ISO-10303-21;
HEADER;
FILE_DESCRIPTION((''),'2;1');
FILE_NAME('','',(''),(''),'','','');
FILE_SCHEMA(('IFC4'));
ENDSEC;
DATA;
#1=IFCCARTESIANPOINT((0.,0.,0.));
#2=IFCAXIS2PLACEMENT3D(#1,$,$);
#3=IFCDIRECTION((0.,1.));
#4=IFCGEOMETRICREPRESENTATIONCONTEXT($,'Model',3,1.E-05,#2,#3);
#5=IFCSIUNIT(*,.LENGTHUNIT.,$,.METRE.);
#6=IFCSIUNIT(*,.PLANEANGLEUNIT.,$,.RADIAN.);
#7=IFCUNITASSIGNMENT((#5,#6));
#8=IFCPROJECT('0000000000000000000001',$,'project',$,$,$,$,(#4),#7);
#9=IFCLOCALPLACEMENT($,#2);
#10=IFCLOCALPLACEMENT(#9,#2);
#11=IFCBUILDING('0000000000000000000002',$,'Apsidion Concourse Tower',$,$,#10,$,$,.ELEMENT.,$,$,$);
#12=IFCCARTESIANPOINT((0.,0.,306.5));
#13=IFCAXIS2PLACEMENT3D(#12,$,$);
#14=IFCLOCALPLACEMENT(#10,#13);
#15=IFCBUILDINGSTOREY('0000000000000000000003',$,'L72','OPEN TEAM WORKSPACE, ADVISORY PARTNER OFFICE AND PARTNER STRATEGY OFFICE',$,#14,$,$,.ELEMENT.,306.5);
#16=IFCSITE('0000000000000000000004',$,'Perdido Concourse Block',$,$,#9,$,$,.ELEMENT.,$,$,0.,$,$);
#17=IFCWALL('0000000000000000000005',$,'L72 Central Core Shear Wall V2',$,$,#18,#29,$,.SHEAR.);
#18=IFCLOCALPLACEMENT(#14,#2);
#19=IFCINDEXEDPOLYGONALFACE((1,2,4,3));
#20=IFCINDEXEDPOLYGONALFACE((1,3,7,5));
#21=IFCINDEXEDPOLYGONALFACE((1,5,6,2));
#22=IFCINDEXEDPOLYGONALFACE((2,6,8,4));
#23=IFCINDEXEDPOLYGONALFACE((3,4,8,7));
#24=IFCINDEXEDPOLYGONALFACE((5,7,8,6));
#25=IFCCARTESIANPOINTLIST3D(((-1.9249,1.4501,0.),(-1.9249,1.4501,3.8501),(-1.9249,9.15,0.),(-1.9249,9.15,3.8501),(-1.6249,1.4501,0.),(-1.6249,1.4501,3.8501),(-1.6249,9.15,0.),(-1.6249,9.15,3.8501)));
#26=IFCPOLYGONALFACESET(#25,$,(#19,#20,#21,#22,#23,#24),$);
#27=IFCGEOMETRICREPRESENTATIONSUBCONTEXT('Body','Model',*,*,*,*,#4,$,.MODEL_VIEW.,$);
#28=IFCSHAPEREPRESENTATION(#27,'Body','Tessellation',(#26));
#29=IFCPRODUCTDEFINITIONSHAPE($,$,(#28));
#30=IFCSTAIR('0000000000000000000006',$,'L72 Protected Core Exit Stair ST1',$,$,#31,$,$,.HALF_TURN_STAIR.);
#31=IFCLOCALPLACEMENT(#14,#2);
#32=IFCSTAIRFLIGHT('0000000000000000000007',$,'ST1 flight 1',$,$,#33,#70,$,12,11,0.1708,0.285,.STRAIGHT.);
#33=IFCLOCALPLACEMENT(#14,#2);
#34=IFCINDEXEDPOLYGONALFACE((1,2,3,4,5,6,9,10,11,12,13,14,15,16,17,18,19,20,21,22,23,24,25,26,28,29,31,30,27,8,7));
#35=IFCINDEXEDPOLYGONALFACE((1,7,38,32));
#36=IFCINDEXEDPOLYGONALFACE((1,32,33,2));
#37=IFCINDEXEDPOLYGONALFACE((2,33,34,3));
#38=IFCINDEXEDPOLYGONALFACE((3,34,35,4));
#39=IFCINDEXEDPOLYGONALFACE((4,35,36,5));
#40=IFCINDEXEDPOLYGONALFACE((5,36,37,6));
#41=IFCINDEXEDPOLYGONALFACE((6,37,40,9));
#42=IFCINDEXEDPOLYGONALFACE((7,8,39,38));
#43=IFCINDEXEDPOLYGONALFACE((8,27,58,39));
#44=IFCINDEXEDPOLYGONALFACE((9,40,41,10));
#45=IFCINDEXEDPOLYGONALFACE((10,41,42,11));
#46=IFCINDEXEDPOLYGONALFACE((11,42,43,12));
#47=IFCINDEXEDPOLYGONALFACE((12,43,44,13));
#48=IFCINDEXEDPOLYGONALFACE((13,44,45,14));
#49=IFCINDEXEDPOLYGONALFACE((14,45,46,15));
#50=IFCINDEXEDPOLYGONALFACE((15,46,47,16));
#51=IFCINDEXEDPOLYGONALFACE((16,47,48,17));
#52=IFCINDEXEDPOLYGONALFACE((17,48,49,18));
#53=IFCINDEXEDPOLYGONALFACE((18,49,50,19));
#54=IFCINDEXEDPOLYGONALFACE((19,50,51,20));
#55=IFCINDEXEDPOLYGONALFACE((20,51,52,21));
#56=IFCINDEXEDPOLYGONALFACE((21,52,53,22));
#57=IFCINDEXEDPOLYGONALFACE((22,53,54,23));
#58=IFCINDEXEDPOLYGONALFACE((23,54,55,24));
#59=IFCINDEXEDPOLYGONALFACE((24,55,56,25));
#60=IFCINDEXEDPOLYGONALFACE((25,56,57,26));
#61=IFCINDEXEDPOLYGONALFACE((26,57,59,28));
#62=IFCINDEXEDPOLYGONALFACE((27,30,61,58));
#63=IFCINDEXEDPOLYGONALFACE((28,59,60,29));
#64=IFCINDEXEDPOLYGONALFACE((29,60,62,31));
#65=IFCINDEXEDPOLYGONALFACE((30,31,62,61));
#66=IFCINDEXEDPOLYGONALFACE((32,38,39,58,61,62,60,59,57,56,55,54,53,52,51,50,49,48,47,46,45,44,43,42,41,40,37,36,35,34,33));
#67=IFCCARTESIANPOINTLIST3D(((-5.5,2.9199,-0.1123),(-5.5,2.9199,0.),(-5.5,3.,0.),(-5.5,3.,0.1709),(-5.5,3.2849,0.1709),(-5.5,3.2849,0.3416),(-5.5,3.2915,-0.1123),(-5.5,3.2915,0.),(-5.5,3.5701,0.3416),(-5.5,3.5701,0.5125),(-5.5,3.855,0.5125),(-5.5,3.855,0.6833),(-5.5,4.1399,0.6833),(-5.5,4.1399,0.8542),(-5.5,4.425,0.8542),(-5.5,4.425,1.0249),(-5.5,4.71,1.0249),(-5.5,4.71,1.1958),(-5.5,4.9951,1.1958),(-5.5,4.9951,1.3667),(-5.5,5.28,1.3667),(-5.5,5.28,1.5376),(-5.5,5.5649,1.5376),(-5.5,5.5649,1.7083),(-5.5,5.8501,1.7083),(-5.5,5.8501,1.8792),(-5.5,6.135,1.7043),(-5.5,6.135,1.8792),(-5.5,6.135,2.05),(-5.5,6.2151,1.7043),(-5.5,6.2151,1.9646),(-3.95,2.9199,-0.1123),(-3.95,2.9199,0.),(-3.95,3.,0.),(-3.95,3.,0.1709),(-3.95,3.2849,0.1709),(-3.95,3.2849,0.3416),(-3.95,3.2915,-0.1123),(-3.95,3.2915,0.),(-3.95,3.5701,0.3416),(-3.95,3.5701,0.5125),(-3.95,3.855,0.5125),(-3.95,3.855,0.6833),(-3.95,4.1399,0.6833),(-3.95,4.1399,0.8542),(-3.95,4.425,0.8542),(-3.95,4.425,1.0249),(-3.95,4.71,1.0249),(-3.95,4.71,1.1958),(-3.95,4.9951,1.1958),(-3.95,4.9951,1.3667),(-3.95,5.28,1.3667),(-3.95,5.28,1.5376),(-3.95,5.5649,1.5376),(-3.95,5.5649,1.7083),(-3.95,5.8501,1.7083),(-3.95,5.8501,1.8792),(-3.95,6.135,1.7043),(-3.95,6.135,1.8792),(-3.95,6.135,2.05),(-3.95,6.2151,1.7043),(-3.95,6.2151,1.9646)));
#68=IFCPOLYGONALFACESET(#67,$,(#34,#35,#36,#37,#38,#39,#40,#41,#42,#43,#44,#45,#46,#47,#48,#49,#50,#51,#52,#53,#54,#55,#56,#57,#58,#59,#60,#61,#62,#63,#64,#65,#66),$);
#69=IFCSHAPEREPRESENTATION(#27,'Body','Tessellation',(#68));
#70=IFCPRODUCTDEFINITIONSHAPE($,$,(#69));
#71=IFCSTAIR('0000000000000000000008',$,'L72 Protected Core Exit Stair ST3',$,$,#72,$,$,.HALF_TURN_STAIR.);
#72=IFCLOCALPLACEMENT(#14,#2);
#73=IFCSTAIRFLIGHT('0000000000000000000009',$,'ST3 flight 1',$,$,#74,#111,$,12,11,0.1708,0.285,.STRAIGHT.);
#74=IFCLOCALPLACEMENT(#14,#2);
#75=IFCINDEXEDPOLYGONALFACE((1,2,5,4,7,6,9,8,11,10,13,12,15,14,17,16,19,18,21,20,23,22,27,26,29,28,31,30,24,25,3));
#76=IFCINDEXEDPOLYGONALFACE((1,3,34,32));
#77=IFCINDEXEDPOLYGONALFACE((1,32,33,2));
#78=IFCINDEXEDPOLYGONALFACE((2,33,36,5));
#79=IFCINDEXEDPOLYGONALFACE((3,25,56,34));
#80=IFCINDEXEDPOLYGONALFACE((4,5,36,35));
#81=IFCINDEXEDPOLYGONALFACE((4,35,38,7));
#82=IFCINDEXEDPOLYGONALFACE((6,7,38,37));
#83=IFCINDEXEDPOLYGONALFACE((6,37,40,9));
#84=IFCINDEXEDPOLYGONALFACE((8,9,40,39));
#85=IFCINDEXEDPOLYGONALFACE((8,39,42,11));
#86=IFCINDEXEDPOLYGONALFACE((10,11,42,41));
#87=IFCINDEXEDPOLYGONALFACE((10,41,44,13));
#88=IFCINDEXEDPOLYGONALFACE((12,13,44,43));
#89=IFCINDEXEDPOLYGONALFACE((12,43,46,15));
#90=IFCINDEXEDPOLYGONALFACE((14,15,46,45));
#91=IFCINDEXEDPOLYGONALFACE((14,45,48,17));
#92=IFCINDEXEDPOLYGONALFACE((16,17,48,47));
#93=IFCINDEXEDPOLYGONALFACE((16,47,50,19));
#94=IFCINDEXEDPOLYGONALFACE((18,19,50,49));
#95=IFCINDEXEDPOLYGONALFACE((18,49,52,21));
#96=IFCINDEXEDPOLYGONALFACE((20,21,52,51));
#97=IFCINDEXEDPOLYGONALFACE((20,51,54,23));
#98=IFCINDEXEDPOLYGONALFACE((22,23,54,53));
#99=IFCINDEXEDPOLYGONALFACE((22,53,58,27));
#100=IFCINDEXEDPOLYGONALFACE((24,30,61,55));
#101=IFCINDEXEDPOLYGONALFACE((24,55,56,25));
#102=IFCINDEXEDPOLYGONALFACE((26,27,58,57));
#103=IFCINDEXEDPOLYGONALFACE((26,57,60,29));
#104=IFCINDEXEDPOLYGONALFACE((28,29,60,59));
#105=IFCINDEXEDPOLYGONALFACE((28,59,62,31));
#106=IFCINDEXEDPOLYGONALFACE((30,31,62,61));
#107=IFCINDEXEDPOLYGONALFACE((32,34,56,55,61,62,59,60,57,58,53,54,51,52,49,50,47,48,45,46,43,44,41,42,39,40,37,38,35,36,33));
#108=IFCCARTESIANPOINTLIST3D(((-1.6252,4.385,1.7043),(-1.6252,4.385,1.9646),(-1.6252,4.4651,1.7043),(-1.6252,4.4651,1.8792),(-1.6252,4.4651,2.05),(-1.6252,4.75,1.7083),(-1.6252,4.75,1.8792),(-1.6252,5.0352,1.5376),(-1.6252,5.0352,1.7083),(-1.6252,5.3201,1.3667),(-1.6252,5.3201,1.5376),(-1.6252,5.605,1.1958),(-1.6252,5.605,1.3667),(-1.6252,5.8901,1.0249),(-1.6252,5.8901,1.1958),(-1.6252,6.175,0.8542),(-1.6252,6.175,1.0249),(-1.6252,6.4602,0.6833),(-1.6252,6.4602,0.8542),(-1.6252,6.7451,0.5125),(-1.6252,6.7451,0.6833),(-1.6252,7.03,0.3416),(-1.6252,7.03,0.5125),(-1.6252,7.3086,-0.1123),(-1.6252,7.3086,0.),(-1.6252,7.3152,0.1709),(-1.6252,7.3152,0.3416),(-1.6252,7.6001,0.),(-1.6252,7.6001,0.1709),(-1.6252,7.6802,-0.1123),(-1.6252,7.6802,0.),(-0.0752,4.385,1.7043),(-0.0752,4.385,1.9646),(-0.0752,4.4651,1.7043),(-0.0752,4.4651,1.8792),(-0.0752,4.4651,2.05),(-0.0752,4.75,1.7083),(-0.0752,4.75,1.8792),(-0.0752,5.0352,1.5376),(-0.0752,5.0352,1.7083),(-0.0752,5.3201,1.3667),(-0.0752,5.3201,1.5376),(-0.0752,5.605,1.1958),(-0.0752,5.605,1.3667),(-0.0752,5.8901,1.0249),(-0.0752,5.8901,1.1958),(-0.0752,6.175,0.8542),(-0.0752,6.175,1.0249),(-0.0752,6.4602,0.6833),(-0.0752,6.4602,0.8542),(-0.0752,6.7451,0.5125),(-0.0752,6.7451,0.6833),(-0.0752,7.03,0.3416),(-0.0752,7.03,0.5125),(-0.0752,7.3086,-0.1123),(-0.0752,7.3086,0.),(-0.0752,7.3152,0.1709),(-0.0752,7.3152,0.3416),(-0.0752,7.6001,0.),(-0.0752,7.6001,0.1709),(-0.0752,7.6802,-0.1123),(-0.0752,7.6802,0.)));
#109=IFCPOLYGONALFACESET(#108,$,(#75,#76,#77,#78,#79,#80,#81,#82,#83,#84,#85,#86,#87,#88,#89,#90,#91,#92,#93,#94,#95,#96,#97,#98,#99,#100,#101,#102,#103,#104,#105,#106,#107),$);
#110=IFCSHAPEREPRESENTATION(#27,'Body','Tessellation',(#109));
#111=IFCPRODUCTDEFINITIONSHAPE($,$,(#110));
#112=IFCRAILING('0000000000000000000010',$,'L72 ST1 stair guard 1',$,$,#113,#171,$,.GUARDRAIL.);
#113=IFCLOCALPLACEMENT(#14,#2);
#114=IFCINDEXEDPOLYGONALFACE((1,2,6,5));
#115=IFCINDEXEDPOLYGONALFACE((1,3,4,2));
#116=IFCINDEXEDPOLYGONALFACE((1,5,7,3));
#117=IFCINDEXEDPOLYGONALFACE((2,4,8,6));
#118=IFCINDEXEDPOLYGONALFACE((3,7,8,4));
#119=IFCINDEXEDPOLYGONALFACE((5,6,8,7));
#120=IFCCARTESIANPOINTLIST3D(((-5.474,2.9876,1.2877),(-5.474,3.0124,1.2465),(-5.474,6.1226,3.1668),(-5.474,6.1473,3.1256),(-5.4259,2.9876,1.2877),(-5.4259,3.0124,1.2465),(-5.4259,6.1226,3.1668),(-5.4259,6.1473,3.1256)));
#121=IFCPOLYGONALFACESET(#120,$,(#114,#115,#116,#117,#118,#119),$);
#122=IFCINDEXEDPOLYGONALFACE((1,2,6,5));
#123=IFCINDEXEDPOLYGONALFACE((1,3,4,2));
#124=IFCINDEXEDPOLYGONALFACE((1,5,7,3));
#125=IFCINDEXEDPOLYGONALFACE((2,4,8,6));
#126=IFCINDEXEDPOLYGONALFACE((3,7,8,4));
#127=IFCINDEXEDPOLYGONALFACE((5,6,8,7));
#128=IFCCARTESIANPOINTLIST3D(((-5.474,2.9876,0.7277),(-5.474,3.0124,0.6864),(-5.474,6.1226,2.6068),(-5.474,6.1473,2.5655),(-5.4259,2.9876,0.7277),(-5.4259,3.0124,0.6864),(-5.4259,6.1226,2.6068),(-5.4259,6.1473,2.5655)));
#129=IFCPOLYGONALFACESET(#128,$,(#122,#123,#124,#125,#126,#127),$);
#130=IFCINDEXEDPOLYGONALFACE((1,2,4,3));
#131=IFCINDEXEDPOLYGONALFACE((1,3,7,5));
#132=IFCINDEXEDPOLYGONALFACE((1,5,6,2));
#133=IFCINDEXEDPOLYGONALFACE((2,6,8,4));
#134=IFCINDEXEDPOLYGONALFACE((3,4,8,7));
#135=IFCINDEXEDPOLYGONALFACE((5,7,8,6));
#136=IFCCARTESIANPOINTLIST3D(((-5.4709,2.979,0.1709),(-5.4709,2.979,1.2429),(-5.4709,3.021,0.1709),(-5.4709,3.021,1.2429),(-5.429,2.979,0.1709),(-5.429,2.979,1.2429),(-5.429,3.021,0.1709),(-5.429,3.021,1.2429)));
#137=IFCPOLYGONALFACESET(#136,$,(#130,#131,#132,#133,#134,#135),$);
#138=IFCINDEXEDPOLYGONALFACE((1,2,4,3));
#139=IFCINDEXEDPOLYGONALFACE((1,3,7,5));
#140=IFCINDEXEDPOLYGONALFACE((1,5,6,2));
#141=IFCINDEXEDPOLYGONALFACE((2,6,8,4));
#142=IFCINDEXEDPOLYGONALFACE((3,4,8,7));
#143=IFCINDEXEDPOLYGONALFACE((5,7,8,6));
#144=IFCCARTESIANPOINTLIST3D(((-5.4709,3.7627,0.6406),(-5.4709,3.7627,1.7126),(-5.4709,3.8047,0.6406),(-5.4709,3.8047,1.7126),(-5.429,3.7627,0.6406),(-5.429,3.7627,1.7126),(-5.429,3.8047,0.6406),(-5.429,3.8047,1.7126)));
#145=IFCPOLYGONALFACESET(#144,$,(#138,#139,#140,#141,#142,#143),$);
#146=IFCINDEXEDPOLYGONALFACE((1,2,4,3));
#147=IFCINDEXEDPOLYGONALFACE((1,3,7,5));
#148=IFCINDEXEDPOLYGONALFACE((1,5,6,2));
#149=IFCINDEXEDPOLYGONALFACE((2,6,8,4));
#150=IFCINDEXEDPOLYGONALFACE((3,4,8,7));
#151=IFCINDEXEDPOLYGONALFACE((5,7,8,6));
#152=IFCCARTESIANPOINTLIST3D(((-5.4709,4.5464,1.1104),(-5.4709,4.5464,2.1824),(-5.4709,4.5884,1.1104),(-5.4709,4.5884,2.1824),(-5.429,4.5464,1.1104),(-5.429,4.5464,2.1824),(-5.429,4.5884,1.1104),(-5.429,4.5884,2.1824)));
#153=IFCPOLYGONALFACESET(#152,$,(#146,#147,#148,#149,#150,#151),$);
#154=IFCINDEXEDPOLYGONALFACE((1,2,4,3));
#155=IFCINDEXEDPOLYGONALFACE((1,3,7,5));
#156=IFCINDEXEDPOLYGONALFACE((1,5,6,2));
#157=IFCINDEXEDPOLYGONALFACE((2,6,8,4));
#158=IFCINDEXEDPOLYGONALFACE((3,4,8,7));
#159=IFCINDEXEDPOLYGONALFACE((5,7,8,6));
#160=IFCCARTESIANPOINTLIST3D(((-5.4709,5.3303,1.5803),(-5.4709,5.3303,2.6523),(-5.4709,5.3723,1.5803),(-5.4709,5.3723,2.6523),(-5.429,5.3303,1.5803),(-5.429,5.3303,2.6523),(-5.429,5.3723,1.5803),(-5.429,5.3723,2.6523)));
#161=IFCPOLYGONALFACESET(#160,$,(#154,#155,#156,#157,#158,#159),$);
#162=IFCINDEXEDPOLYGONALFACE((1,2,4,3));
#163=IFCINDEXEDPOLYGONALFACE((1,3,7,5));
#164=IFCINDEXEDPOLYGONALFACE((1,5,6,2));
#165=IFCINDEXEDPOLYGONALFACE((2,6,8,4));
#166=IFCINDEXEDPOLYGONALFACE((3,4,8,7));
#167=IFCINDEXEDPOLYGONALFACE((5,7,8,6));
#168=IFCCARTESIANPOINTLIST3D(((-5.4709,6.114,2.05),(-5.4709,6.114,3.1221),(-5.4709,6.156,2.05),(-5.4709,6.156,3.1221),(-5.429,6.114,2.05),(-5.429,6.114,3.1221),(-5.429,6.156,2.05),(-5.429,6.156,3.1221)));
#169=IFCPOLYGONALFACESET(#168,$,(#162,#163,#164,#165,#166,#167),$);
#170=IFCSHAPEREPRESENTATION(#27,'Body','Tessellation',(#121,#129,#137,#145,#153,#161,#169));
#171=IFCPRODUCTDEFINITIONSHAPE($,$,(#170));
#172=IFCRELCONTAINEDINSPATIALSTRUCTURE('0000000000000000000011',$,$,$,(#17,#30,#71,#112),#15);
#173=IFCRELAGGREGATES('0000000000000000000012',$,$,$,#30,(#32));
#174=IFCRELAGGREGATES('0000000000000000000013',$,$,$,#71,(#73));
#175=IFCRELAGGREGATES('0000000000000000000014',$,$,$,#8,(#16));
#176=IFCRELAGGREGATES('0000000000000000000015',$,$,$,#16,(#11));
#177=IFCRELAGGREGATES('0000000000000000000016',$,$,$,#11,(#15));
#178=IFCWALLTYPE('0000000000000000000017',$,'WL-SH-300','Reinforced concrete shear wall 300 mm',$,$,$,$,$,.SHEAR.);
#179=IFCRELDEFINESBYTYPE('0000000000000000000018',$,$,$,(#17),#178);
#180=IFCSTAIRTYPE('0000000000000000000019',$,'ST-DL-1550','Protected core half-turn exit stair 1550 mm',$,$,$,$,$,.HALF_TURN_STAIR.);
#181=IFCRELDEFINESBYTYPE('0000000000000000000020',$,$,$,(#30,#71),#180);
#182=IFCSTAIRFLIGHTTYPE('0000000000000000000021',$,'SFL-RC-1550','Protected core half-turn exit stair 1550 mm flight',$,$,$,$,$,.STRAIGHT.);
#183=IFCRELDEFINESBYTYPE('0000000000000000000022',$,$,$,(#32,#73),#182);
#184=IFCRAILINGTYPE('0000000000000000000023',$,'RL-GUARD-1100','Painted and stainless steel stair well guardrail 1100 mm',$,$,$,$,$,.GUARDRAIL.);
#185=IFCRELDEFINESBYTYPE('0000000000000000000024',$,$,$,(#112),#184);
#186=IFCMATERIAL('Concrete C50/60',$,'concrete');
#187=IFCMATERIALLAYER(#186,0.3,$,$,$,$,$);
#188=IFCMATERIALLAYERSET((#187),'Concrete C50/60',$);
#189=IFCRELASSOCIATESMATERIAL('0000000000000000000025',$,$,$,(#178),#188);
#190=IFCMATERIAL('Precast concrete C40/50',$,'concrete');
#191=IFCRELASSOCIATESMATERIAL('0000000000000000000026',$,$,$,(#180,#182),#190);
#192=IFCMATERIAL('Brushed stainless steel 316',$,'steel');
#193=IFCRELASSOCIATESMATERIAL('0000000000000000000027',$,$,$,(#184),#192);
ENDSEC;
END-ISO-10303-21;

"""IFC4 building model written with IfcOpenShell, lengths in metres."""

from ifc_helpers import new_model, si_unit, direction, frame, frame_2d, origin, origin_2d, place, context, subcontext, project, spatial, polyline, rectangle, outline, extrude, material, layer, layer_set, type_object, element, aggregate, save


model = new_model("IFC4")

# Units and contexts
model_context = context("Model", 3, precision=1e-05, world=origin(), true_north=direction((0.0, 1.0)))
body_context = subcontext(model_context, "Body", "Model", "MODEL_VIEW")
ifc_project = project(units=[si_unit("LENGTHUNIT", "METRE"), si_unit("PLANEANGLEUNIT", "RADIAN")], contexts=[model_context])

# Site, building, storey
site_placement = place(None, origin())
site = spatial("IfcSite", under=ifc_project, at=site_placement, Name="Perdido Concourse Block", CompositionType="ELEMENT", RefElevation=0.0)
building_placement = place(site_placement, origin())
building = spatial("IfcBuilding", under=site, at=building_placement, Name="Apsidion Concourse Tower", CompositionType="ELEMENT")
storey_placement = place(building_placement, frame((0.0, 0.0, 306.5)))
storey = spatial("IfcBuildingStorey", under=building, at=storey_placement, Name="L72", Description="OPEN TEAM WORKSPACE, ADVISORY PARTNER OFFICE AND PARTNER STRATEGY OFFICE", CompositionType="ELEMENT", Elevation=306.5)

# Shared definitions
ifc_material_1 = material(Name="Concrete C50/60", Category="concrete")

# Shared definitions
ifc_material_2 = material(Name="Brushed stainless steel 316", Category="steel")

# Wall
ifc_layer_1 = layer(ifc_material_1, 0.3)
ifc_layer_set_1 = layer_set([ifc_layer_1], Name="Concrete C50/60")
wall_type_1 = type_object("IfcWallType", Name="WL-SH-300", Description="Reinforced concrete shear wall 300 mm", PredefinedType="SHEAR", material=ifc_layer_set_1)
wall_1_placement = place(storey_placement, frame((-1.7749, 1.45, 0.0), z_axis=(0.0, 0.0, 1.0), x_axis=(0.0, 1.0, 0.0)))
element("IfcWall", 1, at=wall_1_placement, inside=storey, type_object=wall_type_1, Name="L72 Central Core Shear Wall V2", PredefinedType="SHEAR", context=body_context, shape_type="SweptSolid", body=[
    extrude(rectangle(XDim=7.7, YDim=0.3, at=frame_2d((3.8501, 0.0))), origin(), (0.0, 0.0, 1.0), 3.8501),
])

# Stairs, stair flights
ifc_material_3 = material(Name="Precast concrete C40/50", Category="concrete")
stair_type = type_object("IfcStairType", Name="ST-DL-1550", Description="Protected core half-turn exit stair 1550 mm", PredefinedType="HALF_TURN_STAIR", material=ifc_material_3)
stair_1_placement = place(storey_placement, origin())
stair_1 = element("IfcStair", 2, at=stair_1_placement, inside=storey, type_object=stair_type, Name="L72 Protected Core Exit Stair ST1", PredefinedType="HALF_TURN_STAIR")
stair_flight_type = type_object("IfcStairFlightType", Name="SFL-RC-1550", Description="Protected core half-turn exit stair 1550 mm flight", PredefinedType="STRAIGHT", material=ifc_material_3)
stair_flight_1_placement = place(storey_placement, frame((-4.7251, 3.0, 0.0), z_axis=(0.0, 0.0, 1.0), x_axis=(0.0, 1.0, 0.0)))
stair_flight_1 = element("IfcStairFlight", 3, at=stair_flight_1_placement, type_object=stair_flight_type, Name="ST1 flight 1", NumberOfRisers=12, NumberOfTreads=11, PredefinedType="STRAIGHT", RiserHeight=0.1708, TreadLength=0.285, context=body_context, shape_type="SweptSolid", body=[
    extrude(outline(polyline([(-0.0801, -0.1123), (-0.0801, 0.0), (0.0, 0.0), (0.0, 0.1709), (0.2849, 0.1709), (0.2849, 0.3416), (0.5701, 0.3416), (0.5701, 0.5125), (0.855, 0.5125), (0.855, 0.6833), (1.1399, 0.6833), (1.1399, 0.8542), (1.425, 0.8542), (1.425, 1.0249), (1.71, 1.0249), (1.71, 1.1958), (1.9951, 1.1958), (1.9951, 1.3667), (2.28, 1.3667), (2.28, 1.5376), (2.5649, 1.5376), (2.5649, 1.7083), (2.8501, 1.7083), (2.8501, 1.8792), (3.135, 1.8792), (3.135, 2.05), (3.2151, 1.9646), (3.2151, 1.7043), (3.135, 1.7043), (0.2915, 0.0), (0.2915, -0.1123), (-0.0801, -0.1123)])), frame((0.0, 0.7749, 0.0), z_axis=(0.0, -1.0, 0.0), x_axis=(1.0, 0.0, 0.0)), (0.0, 0.0, 1.0), 1.55),
])
aggregate(stair_1, [stair_flight_1])
stair_2_placement = place(storey_placement, origin())
stair_2 = element("IfcStair", 4, at=stair_2_placement, inside=storey, type_object=stair_type, Name="L72 Protected Core Exit Stair ST3", PredefinedType="HALF_TURN_STAIR")
stair_flight_2_placement = place(storey_placement, frame((-0.8501, 7.6001, 0.0), z_axis=(0.0, 0.0, 1.0), x_axis=(0.0, -1.0, 0.0)))
stair_flight_2 = element("IfcStairFlight", 5, at=stair_flight_2_placement, type_object=stair_flight_type, Name="ST3 flight 1", NumberOfRisers=12, NumberOfTreads=11, PredefinedType="STRAIGHT", RiserHeight=0.1708, TreadLength=0.285, context=body_context, shape_type="SweptSolid", body=[
    extrude(outline(polyline([(-0.0801, -0.1123), (-0.0801, 0.0), (0.0, 0.0), (0.0, 0.1709), (0.2849, 0.1709), (0.2849, 0.3416), (0.5701, 0.3416), (0.5701, 0.5125), (0.855, 0.5125), (0.855, 0.6833), (1.1399, 0.6833), (1.1399, 0.8542), (1.425, 0.8542), (1.425, 1.0249), (1.71, 1.0249), (1.71, 1.1958), (1.9951, 1.1958), (1.9951, 1.3667), (2.28, 1.3667), (2.28, 1.5376), (2.5649, 1.5376), (2.5649, 1.7083), (2.8501, 1.7083), (2.8501, 1.8792), (3.135, 1.8792), (3.135, 2.05), (3.2151, 1.9646), (3.2151, 1.7043), (3.135, 1.7043), (0.2915, 0.0), (0.2915, -0.1123), (-0.0801, -0.1123)])), frame((0.0, 0.7749, 0.0), z_axis=(0.0, -1.0, 0.0), x_axis=(1.0, 0.0, 0.0)), (0.0, 0.0, 1.0), 1.55),
])
aggregate(stair_2, [stair_flight_2])

# Railing
railing_type_1 = type_object("IfcRailingType", Name="RL-GUARD-1100", Description="Painted and stainless steel stair well guardrail 1100 mm", PredefinedType="GUARDRAIL", material=ifc_material_2)
railing_1_placement = place(storey_placement, frame((-5.45, 3.0, 0.1709)))
element("IfcRailing", 6, at=railing_1_placement, inside=storey, type_object=railing_type_1, Name="L72 ST1 stair guard 1", PredefinedType="GUARDRAIL", context=body_context, shape_type="SweptSolid", body=[
    extrude(rectangle(XDim=0.0481, YDim=0.0481, at=origin_2d()), frame((0.0, 0.0, 1.0962), z_axis=(0.0, 0.857717, 0.514122), x_axis=(-1.0, 0.0, 0.0)), (0.0, 0.0, 1.0), 3.655),
    extrude(rectangle(XDim=0.0481, YDim=0.0481, at=origin_2d()), frame((0.0, 0.0, 0.5361), z_axis=(0.0, 0.857717, 0.514122), x_axis=(-1.0, 0.0, 0.0)), (0.0, 0.0, 1.0), 3.655),
    extrude(rectangle(XDim=0.042, YDim=0.042, at=origin_2d()), origin(), (0.0, 0.0, 1.0), 1.072),
    extrude(rectangle(XDim=0.042, YDim=0.042, at=origin_2d()), frame((0.0, 0.7837, 0.4697)), (0.0, 0.0, 1.0), 1.072),
    extrude(rectangle(XDim=0.042, YDim=0.042, at=origin_2d()), frame((0.0, 1.5674, 0.9395)), (0.0, 0.0, 1.0), 1.072),
    extrude(rectangle(XDim=0.042, YDim=0.042, at=origin_2d()), frame((0.0, 2.3513, 1.4094)), (0.0, 0.0, 1.0), 1.072),
    extrude(rectangle(XDim=0.042, YDim=0.042, at=origin_2d()), frame((0.0, 3.135, 1.8792)), (0.0, 0.0, 1.0), 1.072),
])

save(model, "model.ifc")
